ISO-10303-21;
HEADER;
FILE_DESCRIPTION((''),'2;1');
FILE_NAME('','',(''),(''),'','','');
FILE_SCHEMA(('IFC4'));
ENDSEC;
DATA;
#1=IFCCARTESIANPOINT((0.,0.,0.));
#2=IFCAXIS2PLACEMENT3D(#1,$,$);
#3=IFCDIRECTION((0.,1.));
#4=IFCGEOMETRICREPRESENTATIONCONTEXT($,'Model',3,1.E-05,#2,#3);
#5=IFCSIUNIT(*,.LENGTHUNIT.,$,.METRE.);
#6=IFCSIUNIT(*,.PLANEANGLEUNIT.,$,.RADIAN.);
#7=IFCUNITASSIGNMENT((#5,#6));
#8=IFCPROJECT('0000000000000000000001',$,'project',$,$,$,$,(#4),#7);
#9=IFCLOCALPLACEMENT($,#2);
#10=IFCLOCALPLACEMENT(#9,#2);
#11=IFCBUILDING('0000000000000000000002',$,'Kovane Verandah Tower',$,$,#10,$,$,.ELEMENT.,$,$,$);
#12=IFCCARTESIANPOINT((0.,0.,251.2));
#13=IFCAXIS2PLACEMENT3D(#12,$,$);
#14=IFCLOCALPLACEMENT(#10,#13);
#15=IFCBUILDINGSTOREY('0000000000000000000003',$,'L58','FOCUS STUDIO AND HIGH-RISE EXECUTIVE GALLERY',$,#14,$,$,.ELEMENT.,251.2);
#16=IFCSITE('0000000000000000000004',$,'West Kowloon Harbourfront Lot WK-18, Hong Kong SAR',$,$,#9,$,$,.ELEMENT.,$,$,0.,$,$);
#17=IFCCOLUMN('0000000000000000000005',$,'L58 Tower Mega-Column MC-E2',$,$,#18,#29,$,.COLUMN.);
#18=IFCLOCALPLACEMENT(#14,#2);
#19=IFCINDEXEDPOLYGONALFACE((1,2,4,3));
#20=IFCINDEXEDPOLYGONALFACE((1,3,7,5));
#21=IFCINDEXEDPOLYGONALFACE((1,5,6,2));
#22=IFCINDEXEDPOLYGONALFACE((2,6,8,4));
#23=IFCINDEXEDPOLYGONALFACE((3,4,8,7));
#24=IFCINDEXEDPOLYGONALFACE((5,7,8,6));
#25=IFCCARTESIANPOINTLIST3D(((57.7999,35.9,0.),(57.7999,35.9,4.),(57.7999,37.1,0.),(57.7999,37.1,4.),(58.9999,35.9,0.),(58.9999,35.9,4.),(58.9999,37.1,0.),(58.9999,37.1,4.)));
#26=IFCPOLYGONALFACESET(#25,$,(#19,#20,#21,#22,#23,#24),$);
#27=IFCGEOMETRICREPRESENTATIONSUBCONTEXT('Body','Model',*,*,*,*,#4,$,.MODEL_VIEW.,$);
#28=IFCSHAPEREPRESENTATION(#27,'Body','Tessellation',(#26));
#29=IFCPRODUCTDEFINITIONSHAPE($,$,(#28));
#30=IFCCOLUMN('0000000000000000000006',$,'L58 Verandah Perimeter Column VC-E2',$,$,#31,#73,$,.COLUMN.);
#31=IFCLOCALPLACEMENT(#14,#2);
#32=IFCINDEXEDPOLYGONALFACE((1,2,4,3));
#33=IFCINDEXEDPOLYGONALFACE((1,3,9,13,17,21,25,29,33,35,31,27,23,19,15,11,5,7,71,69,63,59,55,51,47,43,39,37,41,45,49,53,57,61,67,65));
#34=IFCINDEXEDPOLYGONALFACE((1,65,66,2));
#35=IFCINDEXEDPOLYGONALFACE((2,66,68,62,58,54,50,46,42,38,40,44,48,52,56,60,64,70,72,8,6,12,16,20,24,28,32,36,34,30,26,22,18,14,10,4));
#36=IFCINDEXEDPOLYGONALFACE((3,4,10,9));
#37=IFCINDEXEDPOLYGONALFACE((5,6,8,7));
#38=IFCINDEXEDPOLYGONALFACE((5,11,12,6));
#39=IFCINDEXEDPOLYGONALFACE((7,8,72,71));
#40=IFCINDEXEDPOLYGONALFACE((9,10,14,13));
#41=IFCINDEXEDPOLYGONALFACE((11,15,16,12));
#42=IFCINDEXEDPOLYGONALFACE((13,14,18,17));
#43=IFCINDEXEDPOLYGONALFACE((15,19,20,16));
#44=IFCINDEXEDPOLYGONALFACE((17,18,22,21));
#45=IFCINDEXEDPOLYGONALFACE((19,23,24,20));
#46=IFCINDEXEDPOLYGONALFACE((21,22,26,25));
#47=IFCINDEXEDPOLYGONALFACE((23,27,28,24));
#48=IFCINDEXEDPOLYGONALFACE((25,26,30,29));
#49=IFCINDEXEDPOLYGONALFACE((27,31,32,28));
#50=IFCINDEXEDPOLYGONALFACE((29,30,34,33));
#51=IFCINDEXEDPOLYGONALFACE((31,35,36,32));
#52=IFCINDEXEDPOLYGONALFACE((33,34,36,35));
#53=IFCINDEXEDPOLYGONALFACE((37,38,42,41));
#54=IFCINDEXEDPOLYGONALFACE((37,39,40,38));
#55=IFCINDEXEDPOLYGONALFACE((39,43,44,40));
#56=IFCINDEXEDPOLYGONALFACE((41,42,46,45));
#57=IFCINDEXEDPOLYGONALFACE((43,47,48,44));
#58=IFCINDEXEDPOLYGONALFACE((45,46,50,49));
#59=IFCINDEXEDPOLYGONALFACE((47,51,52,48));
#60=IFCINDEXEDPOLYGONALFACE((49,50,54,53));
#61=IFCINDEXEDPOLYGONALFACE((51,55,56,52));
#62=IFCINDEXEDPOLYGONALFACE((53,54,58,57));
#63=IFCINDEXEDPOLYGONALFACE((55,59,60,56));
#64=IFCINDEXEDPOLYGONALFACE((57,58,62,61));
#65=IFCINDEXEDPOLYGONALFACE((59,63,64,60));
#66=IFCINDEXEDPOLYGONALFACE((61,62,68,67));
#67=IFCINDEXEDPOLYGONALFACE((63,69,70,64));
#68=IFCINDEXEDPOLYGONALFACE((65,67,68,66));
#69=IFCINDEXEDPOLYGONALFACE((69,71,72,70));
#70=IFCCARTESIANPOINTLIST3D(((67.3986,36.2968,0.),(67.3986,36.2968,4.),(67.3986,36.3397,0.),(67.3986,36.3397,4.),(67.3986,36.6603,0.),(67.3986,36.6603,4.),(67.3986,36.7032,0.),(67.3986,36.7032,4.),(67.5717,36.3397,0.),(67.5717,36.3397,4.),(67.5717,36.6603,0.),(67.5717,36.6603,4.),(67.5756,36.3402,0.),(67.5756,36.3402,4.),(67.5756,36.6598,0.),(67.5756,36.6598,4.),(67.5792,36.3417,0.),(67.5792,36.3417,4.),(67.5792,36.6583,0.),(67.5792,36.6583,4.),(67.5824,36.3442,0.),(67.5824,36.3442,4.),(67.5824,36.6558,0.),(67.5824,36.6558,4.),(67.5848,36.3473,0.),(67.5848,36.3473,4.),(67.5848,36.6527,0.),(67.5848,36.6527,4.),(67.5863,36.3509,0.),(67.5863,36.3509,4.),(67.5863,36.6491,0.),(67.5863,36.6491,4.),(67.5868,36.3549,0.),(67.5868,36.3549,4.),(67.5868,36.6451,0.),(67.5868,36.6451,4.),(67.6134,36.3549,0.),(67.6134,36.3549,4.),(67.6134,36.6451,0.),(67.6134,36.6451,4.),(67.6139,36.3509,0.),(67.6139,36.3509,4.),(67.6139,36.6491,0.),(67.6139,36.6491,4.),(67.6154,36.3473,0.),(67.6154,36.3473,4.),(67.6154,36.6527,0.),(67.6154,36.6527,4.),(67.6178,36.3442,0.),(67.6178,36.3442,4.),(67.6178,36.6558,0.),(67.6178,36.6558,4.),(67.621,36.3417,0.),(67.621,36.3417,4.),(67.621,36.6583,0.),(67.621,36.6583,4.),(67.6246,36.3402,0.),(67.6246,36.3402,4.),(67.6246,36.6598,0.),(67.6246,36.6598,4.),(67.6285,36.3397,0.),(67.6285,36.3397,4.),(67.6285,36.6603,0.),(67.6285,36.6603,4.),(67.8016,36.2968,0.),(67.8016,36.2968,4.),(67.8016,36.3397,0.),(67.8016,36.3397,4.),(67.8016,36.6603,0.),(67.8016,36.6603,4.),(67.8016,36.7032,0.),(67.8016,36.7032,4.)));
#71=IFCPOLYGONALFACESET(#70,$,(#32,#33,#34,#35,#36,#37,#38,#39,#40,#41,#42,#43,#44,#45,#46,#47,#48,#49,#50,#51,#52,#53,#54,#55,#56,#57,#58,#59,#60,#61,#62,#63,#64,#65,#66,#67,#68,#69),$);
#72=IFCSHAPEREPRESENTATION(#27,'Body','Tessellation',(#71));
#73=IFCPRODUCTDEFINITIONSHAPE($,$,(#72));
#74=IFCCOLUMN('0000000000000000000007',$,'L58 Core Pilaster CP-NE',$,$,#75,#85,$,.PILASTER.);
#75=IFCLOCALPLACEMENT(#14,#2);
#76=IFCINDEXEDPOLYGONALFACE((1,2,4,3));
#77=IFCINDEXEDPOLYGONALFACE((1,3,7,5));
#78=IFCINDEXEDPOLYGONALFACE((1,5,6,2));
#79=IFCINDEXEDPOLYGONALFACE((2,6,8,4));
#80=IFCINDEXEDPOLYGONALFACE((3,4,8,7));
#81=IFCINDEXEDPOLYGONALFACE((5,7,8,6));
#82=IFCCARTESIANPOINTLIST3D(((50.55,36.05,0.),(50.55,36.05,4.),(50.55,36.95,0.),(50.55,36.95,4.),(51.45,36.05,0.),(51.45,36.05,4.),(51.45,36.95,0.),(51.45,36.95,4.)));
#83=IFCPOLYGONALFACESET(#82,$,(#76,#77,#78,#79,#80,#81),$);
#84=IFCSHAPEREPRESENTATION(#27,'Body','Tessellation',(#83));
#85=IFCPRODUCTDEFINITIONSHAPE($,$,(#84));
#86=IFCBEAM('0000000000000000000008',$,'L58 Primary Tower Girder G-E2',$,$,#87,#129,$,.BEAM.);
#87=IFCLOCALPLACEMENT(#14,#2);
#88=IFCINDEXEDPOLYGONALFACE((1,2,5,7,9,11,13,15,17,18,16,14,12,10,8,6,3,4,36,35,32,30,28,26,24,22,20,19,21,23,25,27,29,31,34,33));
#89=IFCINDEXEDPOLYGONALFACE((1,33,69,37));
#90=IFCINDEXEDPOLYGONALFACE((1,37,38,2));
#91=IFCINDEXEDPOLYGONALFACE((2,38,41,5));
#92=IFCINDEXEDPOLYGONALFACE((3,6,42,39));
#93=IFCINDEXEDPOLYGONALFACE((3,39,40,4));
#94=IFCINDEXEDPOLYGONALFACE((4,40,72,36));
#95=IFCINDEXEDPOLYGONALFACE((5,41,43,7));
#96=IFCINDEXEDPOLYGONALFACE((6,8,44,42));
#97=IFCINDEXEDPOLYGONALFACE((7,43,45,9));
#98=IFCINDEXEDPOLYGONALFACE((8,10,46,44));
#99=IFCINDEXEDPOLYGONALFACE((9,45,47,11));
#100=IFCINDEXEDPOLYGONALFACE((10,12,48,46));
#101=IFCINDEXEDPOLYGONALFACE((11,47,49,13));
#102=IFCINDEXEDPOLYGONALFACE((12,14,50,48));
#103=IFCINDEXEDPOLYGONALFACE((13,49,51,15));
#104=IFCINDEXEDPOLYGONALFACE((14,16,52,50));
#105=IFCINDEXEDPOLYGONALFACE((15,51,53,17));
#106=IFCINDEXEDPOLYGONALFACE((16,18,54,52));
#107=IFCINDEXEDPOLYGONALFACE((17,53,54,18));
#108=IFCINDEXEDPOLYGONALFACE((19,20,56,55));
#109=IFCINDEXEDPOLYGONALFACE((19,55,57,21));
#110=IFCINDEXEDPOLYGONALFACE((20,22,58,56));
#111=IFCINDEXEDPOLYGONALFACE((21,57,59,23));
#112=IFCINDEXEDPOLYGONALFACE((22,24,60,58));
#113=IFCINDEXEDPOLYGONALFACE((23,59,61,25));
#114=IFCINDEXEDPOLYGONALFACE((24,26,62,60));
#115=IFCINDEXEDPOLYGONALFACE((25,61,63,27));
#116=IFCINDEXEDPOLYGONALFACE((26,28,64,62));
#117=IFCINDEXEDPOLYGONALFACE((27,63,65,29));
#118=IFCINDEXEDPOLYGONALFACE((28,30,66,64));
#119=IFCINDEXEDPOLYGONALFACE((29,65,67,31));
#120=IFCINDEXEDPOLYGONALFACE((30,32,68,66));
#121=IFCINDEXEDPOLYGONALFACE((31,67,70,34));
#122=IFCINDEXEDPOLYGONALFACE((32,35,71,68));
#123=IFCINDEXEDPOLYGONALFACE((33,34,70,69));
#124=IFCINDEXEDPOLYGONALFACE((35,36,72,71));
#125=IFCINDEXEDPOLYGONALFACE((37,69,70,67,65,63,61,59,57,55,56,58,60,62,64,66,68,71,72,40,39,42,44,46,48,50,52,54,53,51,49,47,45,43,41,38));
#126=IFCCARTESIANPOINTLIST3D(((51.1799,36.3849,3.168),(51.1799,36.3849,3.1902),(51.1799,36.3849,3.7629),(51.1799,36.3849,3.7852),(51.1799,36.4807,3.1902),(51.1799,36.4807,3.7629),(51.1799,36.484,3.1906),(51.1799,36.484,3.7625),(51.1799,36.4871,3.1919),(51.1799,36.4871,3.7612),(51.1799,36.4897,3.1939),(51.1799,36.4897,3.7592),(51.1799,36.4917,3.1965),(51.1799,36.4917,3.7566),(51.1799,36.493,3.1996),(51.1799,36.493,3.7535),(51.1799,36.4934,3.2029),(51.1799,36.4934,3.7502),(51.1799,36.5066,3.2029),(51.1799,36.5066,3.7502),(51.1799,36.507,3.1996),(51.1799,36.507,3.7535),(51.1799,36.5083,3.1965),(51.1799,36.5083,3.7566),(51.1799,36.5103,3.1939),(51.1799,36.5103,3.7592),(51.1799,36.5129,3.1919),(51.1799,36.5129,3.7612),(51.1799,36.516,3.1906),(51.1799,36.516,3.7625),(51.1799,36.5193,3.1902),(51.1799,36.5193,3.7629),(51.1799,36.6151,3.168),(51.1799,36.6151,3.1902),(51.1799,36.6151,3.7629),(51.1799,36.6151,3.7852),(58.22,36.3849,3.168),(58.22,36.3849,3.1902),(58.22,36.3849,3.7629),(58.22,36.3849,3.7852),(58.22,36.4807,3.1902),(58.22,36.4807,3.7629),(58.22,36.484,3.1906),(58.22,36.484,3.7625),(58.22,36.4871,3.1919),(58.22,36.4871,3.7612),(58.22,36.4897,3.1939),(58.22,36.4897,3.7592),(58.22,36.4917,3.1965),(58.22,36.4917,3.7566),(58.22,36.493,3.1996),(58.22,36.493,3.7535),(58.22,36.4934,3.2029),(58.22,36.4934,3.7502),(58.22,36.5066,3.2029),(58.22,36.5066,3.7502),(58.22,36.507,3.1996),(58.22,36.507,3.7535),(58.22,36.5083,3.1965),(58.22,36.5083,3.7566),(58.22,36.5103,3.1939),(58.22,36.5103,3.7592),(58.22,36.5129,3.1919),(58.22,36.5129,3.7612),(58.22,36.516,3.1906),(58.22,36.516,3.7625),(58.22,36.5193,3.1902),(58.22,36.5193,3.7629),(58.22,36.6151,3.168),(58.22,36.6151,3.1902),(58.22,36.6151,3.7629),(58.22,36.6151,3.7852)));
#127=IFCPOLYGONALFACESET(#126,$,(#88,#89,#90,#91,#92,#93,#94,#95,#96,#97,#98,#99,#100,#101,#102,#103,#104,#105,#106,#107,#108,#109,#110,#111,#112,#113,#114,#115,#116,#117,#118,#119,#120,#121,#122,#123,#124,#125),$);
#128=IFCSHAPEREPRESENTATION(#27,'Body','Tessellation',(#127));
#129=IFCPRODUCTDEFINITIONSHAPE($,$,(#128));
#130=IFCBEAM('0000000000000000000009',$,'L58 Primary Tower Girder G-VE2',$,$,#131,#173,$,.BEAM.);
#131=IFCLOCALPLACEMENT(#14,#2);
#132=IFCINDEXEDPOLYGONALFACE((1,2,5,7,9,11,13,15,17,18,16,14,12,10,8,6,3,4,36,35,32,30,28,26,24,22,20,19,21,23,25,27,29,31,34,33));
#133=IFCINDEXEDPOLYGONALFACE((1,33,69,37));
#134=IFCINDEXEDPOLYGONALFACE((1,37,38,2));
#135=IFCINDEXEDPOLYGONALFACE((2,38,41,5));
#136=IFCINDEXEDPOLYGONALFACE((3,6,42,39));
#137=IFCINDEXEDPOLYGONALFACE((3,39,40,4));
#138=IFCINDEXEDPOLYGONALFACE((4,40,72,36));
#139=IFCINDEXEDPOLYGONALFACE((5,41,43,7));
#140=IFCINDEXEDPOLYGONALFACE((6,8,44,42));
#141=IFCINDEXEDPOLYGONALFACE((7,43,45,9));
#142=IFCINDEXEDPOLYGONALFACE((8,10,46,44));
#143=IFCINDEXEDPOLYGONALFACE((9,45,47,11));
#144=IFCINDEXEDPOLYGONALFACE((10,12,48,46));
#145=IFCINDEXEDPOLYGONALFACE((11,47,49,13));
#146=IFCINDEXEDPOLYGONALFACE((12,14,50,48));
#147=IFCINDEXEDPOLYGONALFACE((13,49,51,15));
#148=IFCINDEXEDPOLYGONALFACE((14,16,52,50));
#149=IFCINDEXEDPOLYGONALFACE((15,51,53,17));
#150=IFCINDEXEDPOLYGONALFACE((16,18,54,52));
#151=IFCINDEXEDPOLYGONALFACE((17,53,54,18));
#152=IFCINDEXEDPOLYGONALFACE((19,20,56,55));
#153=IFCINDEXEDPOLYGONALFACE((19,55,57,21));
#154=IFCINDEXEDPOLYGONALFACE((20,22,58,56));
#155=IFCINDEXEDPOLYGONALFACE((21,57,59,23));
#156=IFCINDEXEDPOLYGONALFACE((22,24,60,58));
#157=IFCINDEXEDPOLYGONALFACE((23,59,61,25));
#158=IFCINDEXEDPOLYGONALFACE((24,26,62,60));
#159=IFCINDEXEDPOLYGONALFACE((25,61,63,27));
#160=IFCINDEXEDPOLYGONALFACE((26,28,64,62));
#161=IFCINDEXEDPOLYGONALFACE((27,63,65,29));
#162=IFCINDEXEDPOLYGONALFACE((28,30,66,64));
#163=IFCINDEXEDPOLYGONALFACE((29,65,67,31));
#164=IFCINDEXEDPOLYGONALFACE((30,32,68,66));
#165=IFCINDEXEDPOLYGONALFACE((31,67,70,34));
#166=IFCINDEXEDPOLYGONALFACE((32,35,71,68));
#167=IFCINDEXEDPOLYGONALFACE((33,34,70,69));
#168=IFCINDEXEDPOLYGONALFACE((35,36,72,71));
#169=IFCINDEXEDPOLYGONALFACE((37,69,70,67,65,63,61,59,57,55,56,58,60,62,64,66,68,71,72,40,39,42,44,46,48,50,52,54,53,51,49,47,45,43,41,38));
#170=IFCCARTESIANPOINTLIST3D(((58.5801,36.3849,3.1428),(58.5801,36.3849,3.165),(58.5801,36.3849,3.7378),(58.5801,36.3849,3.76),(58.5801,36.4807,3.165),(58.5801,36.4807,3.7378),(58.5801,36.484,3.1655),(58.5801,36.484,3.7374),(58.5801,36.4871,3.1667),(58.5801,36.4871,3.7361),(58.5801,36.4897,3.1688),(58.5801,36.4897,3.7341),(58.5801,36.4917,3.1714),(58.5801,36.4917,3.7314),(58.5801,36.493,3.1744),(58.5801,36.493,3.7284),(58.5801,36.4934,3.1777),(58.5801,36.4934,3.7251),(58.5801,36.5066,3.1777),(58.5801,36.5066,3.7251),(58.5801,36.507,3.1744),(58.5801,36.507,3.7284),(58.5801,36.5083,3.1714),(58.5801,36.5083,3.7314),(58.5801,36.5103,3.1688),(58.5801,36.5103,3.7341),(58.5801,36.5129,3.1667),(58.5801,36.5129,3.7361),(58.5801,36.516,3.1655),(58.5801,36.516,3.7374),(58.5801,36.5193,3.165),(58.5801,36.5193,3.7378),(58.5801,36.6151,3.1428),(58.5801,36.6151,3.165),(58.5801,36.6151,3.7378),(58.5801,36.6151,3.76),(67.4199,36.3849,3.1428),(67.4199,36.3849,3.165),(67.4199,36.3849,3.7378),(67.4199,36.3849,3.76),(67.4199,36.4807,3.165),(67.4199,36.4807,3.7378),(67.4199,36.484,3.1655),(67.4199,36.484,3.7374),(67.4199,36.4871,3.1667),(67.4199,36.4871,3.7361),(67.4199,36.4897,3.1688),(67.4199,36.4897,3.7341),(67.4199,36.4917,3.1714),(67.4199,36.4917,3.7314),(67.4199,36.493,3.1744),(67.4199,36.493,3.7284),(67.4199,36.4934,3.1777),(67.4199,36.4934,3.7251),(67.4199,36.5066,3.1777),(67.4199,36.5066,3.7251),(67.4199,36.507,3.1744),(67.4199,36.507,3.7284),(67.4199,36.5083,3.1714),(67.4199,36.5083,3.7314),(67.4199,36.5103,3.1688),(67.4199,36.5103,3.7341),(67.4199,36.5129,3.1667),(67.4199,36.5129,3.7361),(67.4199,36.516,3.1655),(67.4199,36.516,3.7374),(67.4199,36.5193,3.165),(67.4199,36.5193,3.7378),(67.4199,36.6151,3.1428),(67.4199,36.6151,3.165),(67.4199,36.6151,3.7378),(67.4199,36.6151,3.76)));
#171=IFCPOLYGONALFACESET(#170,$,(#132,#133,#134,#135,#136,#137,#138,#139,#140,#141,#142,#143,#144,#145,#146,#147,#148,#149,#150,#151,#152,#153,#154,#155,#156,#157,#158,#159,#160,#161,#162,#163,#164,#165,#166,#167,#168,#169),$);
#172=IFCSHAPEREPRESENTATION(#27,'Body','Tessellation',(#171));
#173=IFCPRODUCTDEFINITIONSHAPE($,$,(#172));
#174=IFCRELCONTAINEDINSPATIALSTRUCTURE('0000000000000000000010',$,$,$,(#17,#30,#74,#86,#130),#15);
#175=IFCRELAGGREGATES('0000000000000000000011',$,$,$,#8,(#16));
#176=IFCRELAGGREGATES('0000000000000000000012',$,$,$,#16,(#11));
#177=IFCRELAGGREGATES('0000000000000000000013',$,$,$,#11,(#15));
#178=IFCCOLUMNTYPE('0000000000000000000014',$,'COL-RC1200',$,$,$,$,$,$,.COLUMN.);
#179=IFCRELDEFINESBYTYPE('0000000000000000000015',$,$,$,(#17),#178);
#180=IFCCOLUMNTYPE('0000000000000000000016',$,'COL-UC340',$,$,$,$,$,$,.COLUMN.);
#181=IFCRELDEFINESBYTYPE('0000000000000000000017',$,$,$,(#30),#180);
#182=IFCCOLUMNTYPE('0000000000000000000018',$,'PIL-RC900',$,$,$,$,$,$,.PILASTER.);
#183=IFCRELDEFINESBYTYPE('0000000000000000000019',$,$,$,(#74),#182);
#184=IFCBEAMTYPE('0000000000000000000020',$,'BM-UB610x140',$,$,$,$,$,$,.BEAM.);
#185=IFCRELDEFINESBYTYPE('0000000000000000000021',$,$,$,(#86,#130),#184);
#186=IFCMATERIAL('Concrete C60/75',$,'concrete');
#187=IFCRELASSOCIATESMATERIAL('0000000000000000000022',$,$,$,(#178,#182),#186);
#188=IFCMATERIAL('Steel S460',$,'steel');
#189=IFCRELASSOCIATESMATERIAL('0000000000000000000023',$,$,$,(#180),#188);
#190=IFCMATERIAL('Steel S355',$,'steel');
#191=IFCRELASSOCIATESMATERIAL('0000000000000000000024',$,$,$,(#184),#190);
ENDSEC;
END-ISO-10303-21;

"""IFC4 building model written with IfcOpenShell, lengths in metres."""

from ifc_helpers import new_model, si_unit, direction, frame, origin, origin_2d, place, context, subcontext, project, spatial, rectangle, i_section, extrude, material, material_profile, profile_set, type_object, element, save


model = new_model("IFC4")

# Units and contexts
model_context = context("Model", 3, precision=1e-05, world=origin(), true_north=direction((0.0, 1.0)))
body_context = subcontext(model_context, "Body", "Model", "MODEL_VIEW")
ifc_project = project(units=[si_unit("LENGTHUNIT", "METRE"), si_unit("PLANEANGLEUNIT", "RADIAN")], contexts=[model_context])

# Site, building, storey
site_placement = place(None, origin())
site = spatial("IfcSite", under=ifc_project, at=site_placement, Name="West Kowloon Harbourfront Lot WK-18, Hong Kong SAR", CompositionType="ELEMENT", RefElevation=0.0)
building_placement = place(site_placement, origin())
building = spatial("IfcBuilding", under=site, at=building_placement, Name="Kovane Verandah Tower", CompositionType="ELEMENT")
storey_placement = place(building_placement, frame((0.0, 0.0, 251.2)))
storey = spatial("IfcBuildingStorey", under=building, at=storey_placement, Name="L58", Description="FOCUS STUDIO AND HIGH-RISE EXECUTIVE GALLERY", CompositionType="ELEMENT", Elevation=251.2)

# Columns
ifc_material_1 = material(Name="Concrete C60/75", Category="concrete")
ifc_material_profile_1 = material_profile(ifc_material_1, rectangle(XDim=1.2, YDim=1.2, at=origin_2d()), Name="RC1200x1200")
ifc_profile_set_1 = profile_set([ifc_material_profile_1], Name="Concrete C60/75")
column_type_1 = type_object("IfcColumnType", Name="COL-RC1200", PredefinedType="COLUMN", material=ifc_profile_set_1)
column_1_placement = place(storey_placement, frame((58.3999, 36.5, 0.0), z_axis=(0.0, 0.0, 1.0), x_axis=(1.0, 0.0, 0.0)))
element("IfcColumn", 1, at=column_1_placement, inside=storey, type_object=column_type_1, Name="L58 Tower Mega-Column MC-E2", PredefinedType="COLUMN", context=body_context, shape_type="SweptSolid", body=[
    extrude(rectangle(XDim=1.2, YDim=1.2, at=origin_2d()), origin(), (0.0, 0.0, 1.0), 4.0),
])
ifc_material_2 = material(Name="Steel S460", Category="steel")
ifc_material_profile_2 = material_profile(ifc_material_2, i_section(OverallWidth=0.4031, OverallDepth=0.4065, WebThickness=0.0266, FlangeThickness=0.043, FilletRadius=0.0151, at=origin_2d()), Name="UC356x406x340")
ifc_profile_set_2 = profile_set([ifc_material_profile_2], Name="Steel S460")
column_type_2 = type_object("IfcColumnType", Name="COL-UC340", PredefinedType="COLUMN", material=ifc_profile_set_2)
column_2_placement = place(storey_placement, frame((67.6001, 36.5, 0.0), z_axis=(0.0, 0.0, 1.0), x_axis=(1.0, 0.0, 0.0)))
element("IfcColumn", 2, at=column_2_placement, inside=storey, type_object=column_type_2, Name="L58 Verandah Perimeter Column VC-E2", PredefinedType="COLUMN", context=body_context, shape_type="SweptSolid", body=[
    extrude(i_section(OverallWidth=0.4031, OverallDepth=0.4065, WebThickness=0.0266, FlangeThickness=0.043, FilletRadius=0.0151, at=origin_2d()), origin(), (0.0, 0.0, 1.0), 4.0),
])
ifc_material_profile_3 = material_profile(ifc_material_1, rectangle(XDim=0.8999, YDim=0.8999, at=origin_2d()), Name="RC900x900")
ifc_profile_set_3 = profile_set([ifc_material_profile_3], Name="Concrete C60/75")
column_type_3 = type_object("IfcColumnType", Name="PIL-RC900", PredefinedType="PILASTER", material=ifc_profile_set_3)
column_3_placement = place(storey_placement, frame((51.0, 36.5, 0.0), z_axis=(0.0, 0.0, 1.0), x_axis=(1.0, 0.0, 0.0)))
element("IfcColumn", 3, at=column_3_placement, inside=storey, type_object=column_type_3, Name="L58 Core Pilaster CP-NE", PredefinedType="PILASTER", context=body_context, shape_type="SweptSolid", body=[
    extrude(rectangle(XDim=0.8999, YDim=0.8999, at=origin_2d()), origin(), (0.0, 0.0, 1.0), 4.0),
])

# Beams
ifc_material_3 = material(Name="Steel S355", Category="steel")
ifc_material_profile_4 = material_profile(ifc_material_3, i_section(OverallWidth=0.2302, OverallDepth=0.6172, WebThickness=0.0132, FlangeThickness=0.0222, FilletRadius=0.0127, at=origin_2d()), Name="UB610x229x140")
ifc_profile_set_4 = profile_set([ifc_material_profile_4], Name="Steel S355")
beam_type_1 = type_object("IfcBeamType", Name="BM-UB610x140", PredefinedType="BEAM", material=ifc_profile_set_4)
beam_1_placement = place(storey_placement, frame((51.1799, 36.5, 3.4766), z_axis=(1.0, 0.0, 0.0), x_axis=(0.0, 1.0, 0.0)))
element("IfcBeam", 4, at=beam_1_placement, inside=storey, type_object=beam_type_1, Name="L58 Primary Tower Girder G-E2", PredefinedType="BEAM", context=body_context, shape_type="SweptSolid", body=[
    extrude(i_section(OverallWidth=0.2302, OverallDepth=0.6172, WebThickness=0.0132, FlangeThickness=0.0222, FilletRadius=0.0127, at=origin_2d()), origin(), (0.0, 0.0, 1.0), 7.04),
])
beam_2_placement = place(storey_placement, frame((58.5801, 36.5, 3.4514), z_axis=(1.0, 0.0, 0.0), x_axis=(0.0, 1.0, 0.0)))
element("IfcBeam", 5, at=beam_2_placement, inside=storey, type_object=beam_type_1, Name="L58 Primary Tower Girder G-VE2", PredefinedType="BEAM", context=body_context, shape_type="SweptSolid", body=[
    extrude(i_section(OverallWidth=0.2302, OverallDepth=0.6172, WebThickness=0.0132, FlangeThickness=0.0222, FilletRadius=0.0127, at=origin_2d()), origin(), (0.0, 0.0, 1.0), 8.8398),
])

save(model, "model.ifc")
